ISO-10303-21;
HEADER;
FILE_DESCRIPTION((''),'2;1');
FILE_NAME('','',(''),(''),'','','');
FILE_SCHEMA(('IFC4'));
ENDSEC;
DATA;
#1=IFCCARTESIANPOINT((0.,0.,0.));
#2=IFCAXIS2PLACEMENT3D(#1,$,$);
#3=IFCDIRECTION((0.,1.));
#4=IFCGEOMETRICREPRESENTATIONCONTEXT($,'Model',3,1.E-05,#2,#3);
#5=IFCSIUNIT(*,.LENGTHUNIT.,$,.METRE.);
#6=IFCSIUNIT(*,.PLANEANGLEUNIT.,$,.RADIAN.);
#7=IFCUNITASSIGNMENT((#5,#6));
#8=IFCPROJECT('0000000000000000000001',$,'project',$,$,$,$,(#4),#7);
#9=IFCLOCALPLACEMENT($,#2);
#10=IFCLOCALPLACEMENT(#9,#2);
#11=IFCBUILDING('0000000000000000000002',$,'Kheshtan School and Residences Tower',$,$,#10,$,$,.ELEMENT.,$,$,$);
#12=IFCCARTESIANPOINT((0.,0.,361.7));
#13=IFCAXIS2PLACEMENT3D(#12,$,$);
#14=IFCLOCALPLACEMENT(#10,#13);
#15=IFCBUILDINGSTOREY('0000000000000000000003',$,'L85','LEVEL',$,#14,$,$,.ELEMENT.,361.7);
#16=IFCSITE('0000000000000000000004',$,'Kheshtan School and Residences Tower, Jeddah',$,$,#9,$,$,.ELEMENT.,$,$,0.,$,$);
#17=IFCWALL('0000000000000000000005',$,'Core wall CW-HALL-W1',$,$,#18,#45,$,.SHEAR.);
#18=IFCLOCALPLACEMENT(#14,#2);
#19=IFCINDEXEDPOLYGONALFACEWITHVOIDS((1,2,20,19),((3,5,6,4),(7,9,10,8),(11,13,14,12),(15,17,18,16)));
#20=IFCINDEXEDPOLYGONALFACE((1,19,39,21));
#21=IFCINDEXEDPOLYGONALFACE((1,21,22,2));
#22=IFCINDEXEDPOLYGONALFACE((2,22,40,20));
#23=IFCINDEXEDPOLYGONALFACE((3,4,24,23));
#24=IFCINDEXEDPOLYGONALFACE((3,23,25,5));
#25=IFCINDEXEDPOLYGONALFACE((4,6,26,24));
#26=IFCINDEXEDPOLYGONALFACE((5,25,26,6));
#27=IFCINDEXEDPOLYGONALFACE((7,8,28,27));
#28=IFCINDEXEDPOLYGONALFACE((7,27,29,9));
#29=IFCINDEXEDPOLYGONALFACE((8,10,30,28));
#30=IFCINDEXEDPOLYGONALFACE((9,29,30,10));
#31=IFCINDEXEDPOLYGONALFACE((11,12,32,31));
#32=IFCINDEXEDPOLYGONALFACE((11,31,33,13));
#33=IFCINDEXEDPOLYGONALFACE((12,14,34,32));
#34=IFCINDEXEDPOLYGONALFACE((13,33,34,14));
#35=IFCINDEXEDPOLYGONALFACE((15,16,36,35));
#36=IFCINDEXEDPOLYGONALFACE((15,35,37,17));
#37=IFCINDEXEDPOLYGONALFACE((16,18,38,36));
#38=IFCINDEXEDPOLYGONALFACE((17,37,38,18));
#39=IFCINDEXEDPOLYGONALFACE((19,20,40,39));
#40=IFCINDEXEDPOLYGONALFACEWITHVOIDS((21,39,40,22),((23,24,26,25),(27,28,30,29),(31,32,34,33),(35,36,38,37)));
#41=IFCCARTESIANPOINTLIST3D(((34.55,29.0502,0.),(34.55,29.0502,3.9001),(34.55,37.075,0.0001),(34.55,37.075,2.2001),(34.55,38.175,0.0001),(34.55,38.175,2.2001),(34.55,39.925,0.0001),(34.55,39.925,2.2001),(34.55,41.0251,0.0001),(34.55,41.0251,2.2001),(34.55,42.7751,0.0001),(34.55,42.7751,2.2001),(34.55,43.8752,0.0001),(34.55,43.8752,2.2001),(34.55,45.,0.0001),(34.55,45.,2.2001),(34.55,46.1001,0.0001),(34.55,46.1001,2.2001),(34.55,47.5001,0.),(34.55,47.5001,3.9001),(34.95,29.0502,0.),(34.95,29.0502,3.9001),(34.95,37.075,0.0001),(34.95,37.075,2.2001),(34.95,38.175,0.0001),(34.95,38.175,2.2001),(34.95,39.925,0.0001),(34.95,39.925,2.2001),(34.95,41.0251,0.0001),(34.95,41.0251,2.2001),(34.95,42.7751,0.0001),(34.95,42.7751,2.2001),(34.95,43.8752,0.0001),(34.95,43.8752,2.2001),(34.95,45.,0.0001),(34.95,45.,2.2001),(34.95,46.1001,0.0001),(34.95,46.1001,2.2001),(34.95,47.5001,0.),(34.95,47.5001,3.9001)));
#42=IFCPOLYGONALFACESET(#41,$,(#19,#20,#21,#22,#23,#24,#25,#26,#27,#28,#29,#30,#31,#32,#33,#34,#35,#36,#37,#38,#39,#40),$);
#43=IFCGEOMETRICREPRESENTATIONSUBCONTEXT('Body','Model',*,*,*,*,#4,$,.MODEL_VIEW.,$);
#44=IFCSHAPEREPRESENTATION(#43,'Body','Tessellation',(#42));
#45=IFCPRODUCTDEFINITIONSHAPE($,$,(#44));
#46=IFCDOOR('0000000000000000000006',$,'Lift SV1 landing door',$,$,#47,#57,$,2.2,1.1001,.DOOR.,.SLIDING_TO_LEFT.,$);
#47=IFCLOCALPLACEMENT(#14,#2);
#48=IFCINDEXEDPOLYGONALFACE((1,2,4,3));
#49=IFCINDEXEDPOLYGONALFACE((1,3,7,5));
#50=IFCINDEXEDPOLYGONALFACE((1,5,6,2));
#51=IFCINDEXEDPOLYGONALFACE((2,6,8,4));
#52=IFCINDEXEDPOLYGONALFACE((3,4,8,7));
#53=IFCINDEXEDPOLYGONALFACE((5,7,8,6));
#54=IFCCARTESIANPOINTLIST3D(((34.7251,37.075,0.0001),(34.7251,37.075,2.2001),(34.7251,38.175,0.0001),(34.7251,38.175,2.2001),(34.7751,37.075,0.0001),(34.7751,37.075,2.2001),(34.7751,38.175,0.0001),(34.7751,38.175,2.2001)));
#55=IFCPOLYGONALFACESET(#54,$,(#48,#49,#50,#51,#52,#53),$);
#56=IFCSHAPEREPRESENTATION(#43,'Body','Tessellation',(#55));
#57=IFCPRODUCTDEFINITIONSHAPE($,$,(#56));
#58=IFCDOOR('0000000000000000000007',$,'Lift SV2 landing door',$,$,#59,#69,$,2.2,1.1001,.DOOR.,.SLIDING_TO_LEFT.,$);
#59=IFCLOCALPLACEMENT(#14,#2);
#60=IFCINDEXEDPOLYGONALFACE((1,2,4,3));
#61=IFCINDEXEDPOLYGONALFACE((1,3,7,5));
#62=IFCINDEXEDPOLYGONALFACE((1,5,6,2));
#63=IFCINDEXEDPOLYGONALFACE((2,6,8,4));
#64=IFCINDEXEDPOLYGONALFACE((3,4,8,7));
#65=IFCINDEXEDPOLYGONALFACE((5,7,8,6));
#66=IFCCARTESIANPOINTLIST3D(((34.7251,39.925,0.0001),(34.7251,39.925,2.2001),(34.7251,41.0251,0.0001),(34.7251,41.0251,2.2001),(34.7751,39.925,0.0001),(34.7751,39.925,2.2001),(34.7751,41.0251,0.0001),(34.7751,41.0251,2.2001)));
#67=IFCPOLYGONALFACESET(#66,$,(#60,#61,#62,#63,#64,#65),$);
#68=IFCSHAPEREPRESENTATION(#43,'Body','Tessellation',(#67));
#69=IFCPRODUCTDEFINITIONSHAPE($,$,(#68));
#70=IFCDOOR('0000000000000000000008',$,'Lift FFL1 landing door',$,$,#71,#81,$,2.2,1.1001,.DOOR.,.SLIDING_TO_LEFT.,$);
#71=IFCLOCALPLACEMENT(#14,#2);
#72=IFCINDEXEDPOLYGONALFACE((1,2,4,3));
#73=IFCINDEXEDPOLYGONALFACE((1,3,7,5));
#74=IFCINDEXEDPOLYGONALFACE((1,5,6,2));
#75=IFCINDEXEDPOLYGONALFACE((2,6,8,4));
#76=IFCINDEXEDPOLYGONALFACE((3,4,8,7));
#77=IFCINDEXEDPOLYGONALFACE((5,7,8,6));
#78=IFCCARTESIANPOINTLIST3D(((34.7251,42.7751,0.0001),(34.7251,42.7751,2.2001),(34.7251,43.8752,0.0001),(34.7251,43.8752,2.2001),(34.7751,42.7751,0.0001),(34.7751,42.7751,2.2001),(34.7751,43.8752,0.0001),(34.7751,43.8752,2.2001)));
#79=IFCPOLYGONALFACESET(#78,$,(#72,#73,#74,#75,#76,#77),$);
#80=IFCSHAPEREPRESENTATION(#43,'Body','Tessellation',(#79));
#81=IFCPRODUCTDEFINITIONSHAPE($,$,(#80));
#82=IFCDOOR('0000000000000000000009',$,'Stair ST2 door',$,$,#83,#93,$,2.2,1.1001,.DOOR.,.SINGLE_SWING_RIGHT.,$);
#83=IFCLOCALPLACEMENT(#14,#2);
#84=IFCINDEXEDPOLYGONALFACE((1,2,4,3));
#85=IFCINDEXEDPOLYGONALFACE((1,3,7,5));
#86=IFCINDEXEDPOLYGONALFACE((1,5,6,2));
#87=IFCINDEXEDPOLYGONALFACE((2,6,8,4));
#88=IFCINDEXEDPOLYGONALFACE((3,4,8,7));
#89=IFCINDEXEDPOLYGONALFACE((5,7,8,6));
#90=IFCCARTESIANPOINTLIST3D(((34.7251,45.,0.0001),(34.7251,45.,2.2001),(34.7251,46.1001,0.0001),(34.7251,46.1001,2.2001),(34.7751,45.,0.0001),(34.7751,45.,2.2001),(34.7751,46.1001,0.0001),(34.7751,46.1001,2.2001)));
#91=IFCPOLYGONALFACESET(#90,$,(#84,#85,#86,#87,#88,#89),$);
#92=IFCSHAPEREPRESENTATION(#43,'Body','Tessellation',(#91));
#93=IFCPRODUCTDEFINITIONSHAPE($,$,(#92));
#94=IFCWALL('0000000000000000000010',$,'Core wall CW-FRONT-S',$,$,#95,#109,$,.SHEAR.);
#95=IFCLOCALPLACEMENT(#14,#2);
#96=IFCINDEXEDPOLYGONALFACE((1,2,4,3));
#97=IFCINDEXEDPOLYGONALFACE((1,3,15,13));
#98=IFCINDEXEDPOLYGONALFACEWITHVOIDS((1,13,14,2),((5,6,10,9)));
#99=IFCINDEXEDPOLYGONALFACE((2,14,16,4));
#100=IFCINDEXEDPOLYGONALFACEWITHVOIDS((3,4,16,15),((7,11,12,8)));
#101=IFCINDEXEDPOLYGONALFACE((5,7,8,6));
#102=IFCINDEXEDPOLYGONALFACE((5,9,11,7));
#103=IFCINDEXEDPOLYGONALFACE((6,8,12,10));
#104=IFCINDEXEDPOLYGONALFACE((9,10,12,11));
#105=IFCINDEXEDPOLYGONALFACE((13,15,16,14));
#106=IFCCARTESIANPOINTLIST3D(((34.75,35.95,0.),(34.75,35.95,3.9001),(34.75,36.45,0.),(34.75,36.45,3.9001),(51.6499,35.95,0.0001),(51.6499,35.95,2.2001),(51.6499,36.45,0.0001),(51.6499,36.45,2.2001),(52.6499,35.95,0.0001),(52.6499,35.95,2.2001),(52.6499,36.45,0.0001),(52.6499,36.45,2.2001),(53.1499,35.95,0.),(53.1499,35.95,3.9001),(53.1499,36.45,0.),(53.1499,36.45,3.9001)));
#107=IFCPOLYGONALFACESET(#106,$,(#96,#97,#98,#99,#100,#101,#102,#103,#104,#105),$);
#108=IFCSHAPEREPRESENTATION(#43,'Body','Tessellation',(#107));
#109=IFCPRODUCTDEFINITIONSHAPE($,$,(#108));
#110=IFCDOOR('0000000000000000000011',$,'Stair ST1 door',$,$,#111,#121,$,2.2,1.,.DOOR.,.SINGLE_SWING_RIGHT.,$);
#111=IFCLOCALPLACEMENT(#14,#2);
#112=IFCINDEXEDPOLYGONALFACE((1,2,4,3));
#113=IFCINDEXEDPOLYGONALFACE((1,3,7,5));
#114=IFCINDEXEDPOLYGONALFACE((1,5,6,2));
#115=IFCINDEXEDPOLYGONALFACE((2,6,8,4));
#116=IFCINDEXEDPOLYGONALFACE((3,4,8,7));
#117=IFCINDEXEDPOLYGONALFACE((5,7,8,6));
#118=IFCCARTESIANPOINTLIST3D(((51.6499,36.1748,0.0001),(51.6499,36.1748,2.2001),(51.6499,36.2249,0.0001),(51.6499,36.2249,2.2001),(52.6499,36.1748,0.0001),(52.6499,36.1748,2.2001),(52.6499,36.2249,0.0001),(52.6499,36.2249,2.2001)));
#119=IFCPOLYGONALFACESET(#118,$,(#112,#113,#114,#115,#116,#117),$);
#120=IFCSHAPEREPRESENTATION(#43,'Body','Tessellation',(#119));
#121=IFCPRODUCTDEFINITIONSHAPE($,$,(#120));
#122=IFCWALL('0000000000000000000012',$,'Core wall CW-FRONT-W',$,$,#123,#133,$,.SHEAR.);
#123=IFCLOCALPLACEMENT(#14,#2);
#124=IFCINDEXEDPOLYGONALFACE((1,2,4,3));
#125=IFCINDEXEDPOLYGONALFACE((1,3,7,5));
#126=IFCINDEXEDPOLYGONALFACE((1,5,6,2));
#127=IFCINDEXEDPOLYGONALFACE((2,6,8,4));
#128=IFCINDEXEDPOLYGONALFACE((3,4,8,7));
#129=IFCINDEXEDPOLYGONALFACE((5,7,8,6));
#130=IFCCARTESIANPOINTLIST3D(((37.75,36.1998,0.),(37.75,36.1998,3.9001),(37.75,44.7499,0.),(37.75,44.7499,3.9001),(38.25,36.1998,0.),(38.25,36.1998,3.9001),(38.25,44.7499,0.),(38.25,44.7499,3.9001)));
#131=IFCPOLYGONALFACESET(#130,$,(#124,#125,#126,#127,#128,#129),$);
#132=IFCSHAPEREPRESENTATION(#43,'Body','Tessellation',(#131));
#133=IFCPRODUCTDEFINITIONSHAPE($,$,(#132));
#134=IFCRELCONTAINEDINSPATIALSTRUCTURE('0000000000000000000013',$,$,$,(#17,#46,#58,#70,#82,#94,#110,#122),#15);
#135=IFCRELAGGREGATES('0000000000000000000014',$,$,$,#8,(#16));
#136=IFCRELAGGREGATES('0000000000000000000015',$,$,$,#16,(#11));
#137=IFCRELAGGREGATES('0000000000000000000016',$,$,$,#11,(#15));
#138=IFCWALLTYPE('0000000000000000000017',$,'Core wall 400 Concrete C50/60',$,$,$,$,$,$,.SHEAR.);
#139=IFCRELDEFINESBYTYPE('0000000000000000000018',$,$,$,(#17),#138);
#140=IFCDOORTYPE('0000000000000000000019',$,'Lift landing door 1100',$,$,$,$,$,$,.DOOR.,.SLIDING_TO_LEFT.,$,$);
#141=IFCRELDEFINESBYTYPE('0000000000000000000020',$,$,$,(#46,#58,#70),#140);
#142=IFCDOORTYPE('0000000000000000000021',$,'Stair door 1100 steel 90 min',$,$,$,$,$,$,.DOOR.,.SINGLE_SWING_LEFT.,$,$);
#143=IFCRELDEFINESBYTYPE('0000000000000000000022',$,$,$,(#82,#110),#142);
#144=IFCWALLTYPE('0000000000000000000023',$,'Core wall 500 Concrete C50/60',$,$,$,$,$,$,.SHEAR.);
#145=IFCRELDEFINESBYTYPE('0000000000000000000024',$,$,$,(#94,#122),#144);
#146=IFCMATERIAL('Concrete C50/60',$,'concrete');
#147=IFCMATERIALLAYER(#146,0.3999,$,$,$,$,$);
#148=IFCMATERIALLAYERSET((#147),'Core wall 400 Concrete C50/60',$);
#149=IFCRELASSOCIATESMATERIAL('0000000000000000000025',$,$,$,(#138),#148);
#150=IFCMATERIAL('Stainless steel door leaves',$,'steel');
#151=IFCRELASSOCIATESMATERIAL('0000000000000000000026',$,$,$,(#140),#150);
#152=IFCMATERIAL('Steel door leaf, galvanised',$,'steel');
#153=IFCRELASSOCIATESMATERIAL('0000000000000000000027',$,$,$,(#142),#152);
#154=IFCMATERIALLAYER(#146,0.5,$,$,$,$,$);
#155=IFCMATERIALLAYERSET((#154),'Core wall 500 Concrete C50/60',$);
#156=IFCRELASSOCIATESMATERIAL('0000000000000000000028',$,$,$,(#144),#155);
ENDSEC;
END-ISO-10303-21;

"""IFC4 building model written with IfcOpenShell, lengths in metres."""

from ifc_helpers import new_model, si_unit, direction, frame, frame_2d, origin, place, context, subcontext, project, spatial, rectangle, extrude, source, transform, mapped, material, layer, layer_set, type_object, element, fill, save


model = new_model("IFC4")

# Units and contexts
model_context = context("Model", 3, precision=1e-05, world=origin(), true_north=direction((0.0, 1.0)))
body_context = subcontext(model_context, "Body", "Model", "MODEL_VIEW")
ifc_project = project(units=[si_unit("LENGTHUNIT", "METRE"), si_unit("PLANEANGLEUNIT", "RADIAN")], contexts=[model_context])

# Site, building, storey
site_placement = place(None, origin())
site = spatial("IfcSite", under=ifc_project, at=site_placement, Name="Kheshtan School and Residences Tower, Jeddah", CompositionType="ELEMENT", RefElevation=0.0)
building_placement = place(site_placement, origin())
building = spatial("IfcBuilding", under=site, at=building_placement, Name="Kheshtan School and Residences Tower", CompositionType="ELEMENT")
storey_placement = place(building_placement, frame((0.0, 0.0, 361.7)))
storey = spatial("IfcBuildingStorey", under=building, at=storey_placement, Name="L85", Description="LEVEL", CompositionType="ELEMENT", Elevation=361.7)

# Wall, openings, doors
ifc_material_1 = material(Name="Concrete C50/60", Category="concrete")
ifc_layer_1 = layer(ifc_material_1, 0.3999)
ifc_layer_set_1 = layer_set([ifc_layer_1], Name="Core wall 400 Concrete C50/60")
wall_type_1 = type_object("IfcWallType", Name="Core wall 400 Concrete C50/60", PredefinedType="SHEAR", material=ifc_layer_set_1)
ifc_material_2 = material(Name="Stainless steel door leaves", Category="steel")
door_type_1 = type_object("IfcDoorType", Name="Lift landing door 1100", OperationType="SLIDING_TO_LEFT", PredefinedType="DOOR", material=ifc_material_2)
shared_shape_1 = source(origin(), body_context, "Body", "SweptSolid", [
    extrude(rectangle(XDim=1.1001, YDim=2.2, at=frame_2d((0.55, 1.1001))), frame((0.0, 0.0249, 0.0), z_axis=(0.0, -1.0, 0.0), x_axis=(1.0, 0.0, 0.0)), (0.0, 0.0, 1.0), 0.05),
])
ifc_material_3 = material(Name="Steel door leaf, galvanised", Category="steel")
wall_1_placement = place(storey_placement, frame((34.75, 29.05, 0.0), z_axis=(0.0, 0.0, 1.0), x_axis=(0.0, 1.0, 0.0)))
wall_1 = element("IfcWall", 1, at=wall_1_placement, inside=storey, type_object=wall_type_1, Name="Core wall CW-HALL-W1", PredefinedType="SHEAR", context=body_context, shape_type="SweptSolid", body=[
    extrude(rectangle(XDim=18.45, YDim=0.3999, at=frame_2d((9.2251, 0.0))), origin(), (0.0, 0.0, 1.0), 3.9001),
])
opening_1_placement = place(wall_1_placement, frame((8.0249, 0.0, 0.0)))
opening_1 = element("IfcOpeningElement", 2, at=opening_1_placement, cuts=wall_1, PredefinedType="OPENING", context=body_context, shape_type="SweptSolid", body=[
    extrude(rectangle(XDim=1.1001, YDim=2.2, at=frame_2d((0.55, 1.1001))), frame((0.0, 0.21, 0.0), z_axis=(0.0, -1.0, 0.0), x_axis=(1.0, 0.0, 0.0)), (0.0, 0.0, 1.0), 0.4199),
])
opening_2_placement = place(wall_1_placement, frame((10.875, 0.0, 0.0)))
opening_2 = element("IfcOpeningElement", 3, at=opening_2_placement, cuts=wall_1, PredefinedType="OPENING", context=body_context, shape_type="SweptSolid", body=[
    extrude(rectangle(XDim=1.1001, YDim=2.2, at=frame_2d((0.55, 1.1001))), frame((0.0, 0.21, 0.0), z_axis=(0.0, -1.0, 0.0), x_axis=(1.0, 0.0, 0.0)), (0.0, 0.0, 1.0), 0.4199),
])
opening_3_placement = place(wall_1_placement, frame((13.7251, 0.0, 0.0)))
opening_3 = element("IfcOpeningElement", 4, at=opening_3_placement, cuts=wall_1, PredefinedType="OPENING", context=body_context, shape_type="SweptSolid", body=[
    extrude(rectangle(XDim=1.1001, YDim=2.2, at=frame_2d((0.55, 1.1001))), frame((0.0, 0.21, 0.0), z_axis=(0.0, -1.0, 0.0), x_axis=(1.0, 0.0, 0.0)), (0.0, 0.0, 1.0), 0.4199),
])
opening_4_placement = place(wall_1_placement, frame((15.95, 0.0, 0.0)))
opening_4 = element("IfcOpeningElement", 5, at=opening_4_placement, cuts=wall_1, PredefinedType="OPENING", context=body_context, shape_type="SweptSolid", body=[
    extrude(rectangle(XDim=1.1001, YDim=2.2, at=frame_2d((0.55, 1.1001))), frame((0.0, 0.21, 0.0), z_axis=(0.0, -1.0, 0.0), x_axis=(1.0, 0.0, 0.0)), (0.0, 0.0, 1.0), 0.4199),
])
door_1_placement = place(opening_1_placement, origin())
door_1 = element("IfcDoor", 6, at=door_1_placement, inside=storey, type_object=door_type_1, Name="Lift SV1 landing door", OperationType="SLIDING_TO_LEFT", OverallHeight=2.2, OverallWidth=1.1001, PredefinedType="DOOR", context=body_context, shape_type="MappedRepresentation", body=[
    mapped(shared_shape_1, transform((0.0, 0.0, 0.0), x_axis=(1.0, 0.0, 0.0), y_axis=(0.0, 1.0, 0.0), z_axis=(0.0, 0.0, 1.0), scale=1.0)),
])
fill(opening_1, door_1)
door_2_placement = place(opening_2_placement, origin())
door_2 = element("IfcDoor", 7, at=door_2_placement, inside=storey, type_object=door_type_1, Name="Lift SV2 landing door", OperationType="SLIDING_TO_LEFT", OverallHeight=2.2, OverallWidth=1.1001, PredefinedType="DOOR", context=body_context, shape_type="MappedRepresentation", body=[
    mapped(shared_shape_1, transform((0.0, 0.0, 0.0), x_axis=(1.0, 0.0, 0.0), y_axis=(0.0, 1.0, 0.0), z_axis=(0.0, 0.0, 1.0), scale=1.0)),
])
fill(opening_2, door_2)
door_3_placement = place(opening_3_placement, origin())
door_3 = element("IfcDoor", 8, at=door_3_placement, inside=storey, type_object=door_type_1, Name="Lift FFL1 landing door", OperationType="SLIDING_TO_LEFT", OverallHeight=2.2, OverallWidth=1.1001, PredefinedType="DOOR", context=body_context, shape_type="MappedRepresentation", body=[
    mapped(shared_shape_1, transform((0.0, 0.0, 0.0), x_axis=(1.0, 0.0, 0.0), y_axis=(0.0, 1.0, 0.0), z_axis=(0.0, 0.0, 1.0), scale=1.0)),
])
fill(opening_3, door_3)
door_type_2 = type_object("IfcDoorType", Name="Stair door 1100 steel 90 min", OperationType="SINGLE_SWING_LEFT", PredefinedType="DOOR", material=ifc_material_3)
shared_shape_2 = source(origin(), body_context, "Body", "SweptSolid", [
    extrude(rectangle(XDim=1.1001, YDim=2.2, at=frame_2d((0.55, 1.1001))), frame((0.0, 0.0249, 0.0), z_axis=(0.0, -1.0, 0.0), x_axis=(1.0, 0.0, 0.0)), (0.0, 0.0, 1.0), 0.05),
])
door_4_placement = place(opening_4_placement, origin())
door_4 = element("IfcDoor", 9, at=door_4_placement, inside=storey, type_object=door_type_2, Name="Stair ST2 door", OperationType="SINGLE_SWING_RIGHT", OverallHeight=2.2, OverallWidth=1.1001, PredefinedType="DOOR", context=body_context, shape_type="MappedRepresentation", body=[
    mapped(shared_shape_2, transform((0.0, 0.0, 0.0), x_axis=(1.0, 0.0, 0.0), y_axis=(0.0, 1.0, 0.0), z_axis=(0.0, 0.0, 1.0), scale=1.0)),
])
fill(opening_4, door_4)

# Wall, opening, door
ifc_layer_2 = layer(ifc_material_1, 0.5)
ifc_layer_set_2 = layer_set([ifc_layer_2], Name="Core wall 500 Concrete C50/60")
wall_type_2 = type_object("IfcWallType", Name="Core wall 500 Concrete C50/60", PredefinedType="SHEAR", material=ifc_layer_set_2)
wall_2_placement = place(storey_placement, frame((34.75, 36.2, 0.0), z_axis=(0.0, 0.0, 1.0), x_axis=(1.0, 0.0, 0.0)))
wall_2 = element("IfcWall", 10, at=wall_2_placement, inside=storey, type_object=wall_type_2, Name="Core wall CW-FRONT-S", PredefinedType="SHEAR", context=body_context, shape_type="SweptSolid", body=[
    extrude(rectangle(XDim=18.3999, YDim=0.5, at=frame_2d((9.2, 0.0))), origin(), (0.0, 0.0, 1.0), 3.9001),
])
opening_5_placement = place(wall_2_placement, frame((16.8999, 0.0, 0.0)))
opening_5 = element("IfcOpeningElement", 11, at=opening_5_placement, cuts=wall_2, PredefinedType="OPENING", context=body_context, shape_type="SweptSolid", body=[
    extrude(rectangle(XDim=1.0, YDim=2.2, at=frame_2d((0.5, 1.1001))), frame((0.0, 0.26, 0.0), z_axis=(0.0, -1.0, 0.0), x_axis=(1.0, 0.0, 0.0)), (0.0, 0.0, 1.0), 0.52),
])
shared_shape_3 = source(origin(), body_context, "Body", "SweptSolid", [
    extrude(rectangle(XDim=1.0, YDim=2.2, at=frame_2d((0.5, 1.1001))), frame((0.0, 0.0249, 0.0), z_axis=(0.0, -1.0, 0.0), x_axis=(1.0, 0.0, 0.0)), (0.0, 0.0, 1.0), 0.05),
])
door_5_placement = place(opening_5_placement, origin())
door_5 = element("IfcDoor", 12, at=door_5_placement, inside=storey, type_object=door_type_2, Name="Stair ST1 door", OperationType="SINGLE_SWING_RIGHT", OverallHeight=2.2, OverallWidth=1.0, PredefinedType="DOOR", context=body_context, shape_type="MappedRepresentation", body=[
    mapped(shared_shape_3, transform((0.0, 0.0, 0.0), x_axis=(1.0, 0.0, 0.0), y_axis=(0.0, 1.0, 0.0), z_axis=(0.0, 0.0, 1.0), scale=1.0)),
])
fill(opening_5, door_5)

# Wall
wall_3_placement = place(storey_placement, frame((38.0, 36.2, 0.0), z_axis=(0.0, 0.0, 1.0), x_axis=(0.0, 1.0, 0.0)))
element("IfcWall", 13, at=wall_3_placement, inside=storey, type_object=wall_type_2, Name="Core wall CW-FRONT-W", PredefinedType="SHEAR", context=body_context, shape_type="SweptSolid", body=[
    extrude(rectangle(XDim=8.55, YDim=0.5, at=frame_2d((4.2749, 0.0))), origin(), (0.0, 0.0, 1.0), 3.9001),
])

save(model, "model.ifc")
